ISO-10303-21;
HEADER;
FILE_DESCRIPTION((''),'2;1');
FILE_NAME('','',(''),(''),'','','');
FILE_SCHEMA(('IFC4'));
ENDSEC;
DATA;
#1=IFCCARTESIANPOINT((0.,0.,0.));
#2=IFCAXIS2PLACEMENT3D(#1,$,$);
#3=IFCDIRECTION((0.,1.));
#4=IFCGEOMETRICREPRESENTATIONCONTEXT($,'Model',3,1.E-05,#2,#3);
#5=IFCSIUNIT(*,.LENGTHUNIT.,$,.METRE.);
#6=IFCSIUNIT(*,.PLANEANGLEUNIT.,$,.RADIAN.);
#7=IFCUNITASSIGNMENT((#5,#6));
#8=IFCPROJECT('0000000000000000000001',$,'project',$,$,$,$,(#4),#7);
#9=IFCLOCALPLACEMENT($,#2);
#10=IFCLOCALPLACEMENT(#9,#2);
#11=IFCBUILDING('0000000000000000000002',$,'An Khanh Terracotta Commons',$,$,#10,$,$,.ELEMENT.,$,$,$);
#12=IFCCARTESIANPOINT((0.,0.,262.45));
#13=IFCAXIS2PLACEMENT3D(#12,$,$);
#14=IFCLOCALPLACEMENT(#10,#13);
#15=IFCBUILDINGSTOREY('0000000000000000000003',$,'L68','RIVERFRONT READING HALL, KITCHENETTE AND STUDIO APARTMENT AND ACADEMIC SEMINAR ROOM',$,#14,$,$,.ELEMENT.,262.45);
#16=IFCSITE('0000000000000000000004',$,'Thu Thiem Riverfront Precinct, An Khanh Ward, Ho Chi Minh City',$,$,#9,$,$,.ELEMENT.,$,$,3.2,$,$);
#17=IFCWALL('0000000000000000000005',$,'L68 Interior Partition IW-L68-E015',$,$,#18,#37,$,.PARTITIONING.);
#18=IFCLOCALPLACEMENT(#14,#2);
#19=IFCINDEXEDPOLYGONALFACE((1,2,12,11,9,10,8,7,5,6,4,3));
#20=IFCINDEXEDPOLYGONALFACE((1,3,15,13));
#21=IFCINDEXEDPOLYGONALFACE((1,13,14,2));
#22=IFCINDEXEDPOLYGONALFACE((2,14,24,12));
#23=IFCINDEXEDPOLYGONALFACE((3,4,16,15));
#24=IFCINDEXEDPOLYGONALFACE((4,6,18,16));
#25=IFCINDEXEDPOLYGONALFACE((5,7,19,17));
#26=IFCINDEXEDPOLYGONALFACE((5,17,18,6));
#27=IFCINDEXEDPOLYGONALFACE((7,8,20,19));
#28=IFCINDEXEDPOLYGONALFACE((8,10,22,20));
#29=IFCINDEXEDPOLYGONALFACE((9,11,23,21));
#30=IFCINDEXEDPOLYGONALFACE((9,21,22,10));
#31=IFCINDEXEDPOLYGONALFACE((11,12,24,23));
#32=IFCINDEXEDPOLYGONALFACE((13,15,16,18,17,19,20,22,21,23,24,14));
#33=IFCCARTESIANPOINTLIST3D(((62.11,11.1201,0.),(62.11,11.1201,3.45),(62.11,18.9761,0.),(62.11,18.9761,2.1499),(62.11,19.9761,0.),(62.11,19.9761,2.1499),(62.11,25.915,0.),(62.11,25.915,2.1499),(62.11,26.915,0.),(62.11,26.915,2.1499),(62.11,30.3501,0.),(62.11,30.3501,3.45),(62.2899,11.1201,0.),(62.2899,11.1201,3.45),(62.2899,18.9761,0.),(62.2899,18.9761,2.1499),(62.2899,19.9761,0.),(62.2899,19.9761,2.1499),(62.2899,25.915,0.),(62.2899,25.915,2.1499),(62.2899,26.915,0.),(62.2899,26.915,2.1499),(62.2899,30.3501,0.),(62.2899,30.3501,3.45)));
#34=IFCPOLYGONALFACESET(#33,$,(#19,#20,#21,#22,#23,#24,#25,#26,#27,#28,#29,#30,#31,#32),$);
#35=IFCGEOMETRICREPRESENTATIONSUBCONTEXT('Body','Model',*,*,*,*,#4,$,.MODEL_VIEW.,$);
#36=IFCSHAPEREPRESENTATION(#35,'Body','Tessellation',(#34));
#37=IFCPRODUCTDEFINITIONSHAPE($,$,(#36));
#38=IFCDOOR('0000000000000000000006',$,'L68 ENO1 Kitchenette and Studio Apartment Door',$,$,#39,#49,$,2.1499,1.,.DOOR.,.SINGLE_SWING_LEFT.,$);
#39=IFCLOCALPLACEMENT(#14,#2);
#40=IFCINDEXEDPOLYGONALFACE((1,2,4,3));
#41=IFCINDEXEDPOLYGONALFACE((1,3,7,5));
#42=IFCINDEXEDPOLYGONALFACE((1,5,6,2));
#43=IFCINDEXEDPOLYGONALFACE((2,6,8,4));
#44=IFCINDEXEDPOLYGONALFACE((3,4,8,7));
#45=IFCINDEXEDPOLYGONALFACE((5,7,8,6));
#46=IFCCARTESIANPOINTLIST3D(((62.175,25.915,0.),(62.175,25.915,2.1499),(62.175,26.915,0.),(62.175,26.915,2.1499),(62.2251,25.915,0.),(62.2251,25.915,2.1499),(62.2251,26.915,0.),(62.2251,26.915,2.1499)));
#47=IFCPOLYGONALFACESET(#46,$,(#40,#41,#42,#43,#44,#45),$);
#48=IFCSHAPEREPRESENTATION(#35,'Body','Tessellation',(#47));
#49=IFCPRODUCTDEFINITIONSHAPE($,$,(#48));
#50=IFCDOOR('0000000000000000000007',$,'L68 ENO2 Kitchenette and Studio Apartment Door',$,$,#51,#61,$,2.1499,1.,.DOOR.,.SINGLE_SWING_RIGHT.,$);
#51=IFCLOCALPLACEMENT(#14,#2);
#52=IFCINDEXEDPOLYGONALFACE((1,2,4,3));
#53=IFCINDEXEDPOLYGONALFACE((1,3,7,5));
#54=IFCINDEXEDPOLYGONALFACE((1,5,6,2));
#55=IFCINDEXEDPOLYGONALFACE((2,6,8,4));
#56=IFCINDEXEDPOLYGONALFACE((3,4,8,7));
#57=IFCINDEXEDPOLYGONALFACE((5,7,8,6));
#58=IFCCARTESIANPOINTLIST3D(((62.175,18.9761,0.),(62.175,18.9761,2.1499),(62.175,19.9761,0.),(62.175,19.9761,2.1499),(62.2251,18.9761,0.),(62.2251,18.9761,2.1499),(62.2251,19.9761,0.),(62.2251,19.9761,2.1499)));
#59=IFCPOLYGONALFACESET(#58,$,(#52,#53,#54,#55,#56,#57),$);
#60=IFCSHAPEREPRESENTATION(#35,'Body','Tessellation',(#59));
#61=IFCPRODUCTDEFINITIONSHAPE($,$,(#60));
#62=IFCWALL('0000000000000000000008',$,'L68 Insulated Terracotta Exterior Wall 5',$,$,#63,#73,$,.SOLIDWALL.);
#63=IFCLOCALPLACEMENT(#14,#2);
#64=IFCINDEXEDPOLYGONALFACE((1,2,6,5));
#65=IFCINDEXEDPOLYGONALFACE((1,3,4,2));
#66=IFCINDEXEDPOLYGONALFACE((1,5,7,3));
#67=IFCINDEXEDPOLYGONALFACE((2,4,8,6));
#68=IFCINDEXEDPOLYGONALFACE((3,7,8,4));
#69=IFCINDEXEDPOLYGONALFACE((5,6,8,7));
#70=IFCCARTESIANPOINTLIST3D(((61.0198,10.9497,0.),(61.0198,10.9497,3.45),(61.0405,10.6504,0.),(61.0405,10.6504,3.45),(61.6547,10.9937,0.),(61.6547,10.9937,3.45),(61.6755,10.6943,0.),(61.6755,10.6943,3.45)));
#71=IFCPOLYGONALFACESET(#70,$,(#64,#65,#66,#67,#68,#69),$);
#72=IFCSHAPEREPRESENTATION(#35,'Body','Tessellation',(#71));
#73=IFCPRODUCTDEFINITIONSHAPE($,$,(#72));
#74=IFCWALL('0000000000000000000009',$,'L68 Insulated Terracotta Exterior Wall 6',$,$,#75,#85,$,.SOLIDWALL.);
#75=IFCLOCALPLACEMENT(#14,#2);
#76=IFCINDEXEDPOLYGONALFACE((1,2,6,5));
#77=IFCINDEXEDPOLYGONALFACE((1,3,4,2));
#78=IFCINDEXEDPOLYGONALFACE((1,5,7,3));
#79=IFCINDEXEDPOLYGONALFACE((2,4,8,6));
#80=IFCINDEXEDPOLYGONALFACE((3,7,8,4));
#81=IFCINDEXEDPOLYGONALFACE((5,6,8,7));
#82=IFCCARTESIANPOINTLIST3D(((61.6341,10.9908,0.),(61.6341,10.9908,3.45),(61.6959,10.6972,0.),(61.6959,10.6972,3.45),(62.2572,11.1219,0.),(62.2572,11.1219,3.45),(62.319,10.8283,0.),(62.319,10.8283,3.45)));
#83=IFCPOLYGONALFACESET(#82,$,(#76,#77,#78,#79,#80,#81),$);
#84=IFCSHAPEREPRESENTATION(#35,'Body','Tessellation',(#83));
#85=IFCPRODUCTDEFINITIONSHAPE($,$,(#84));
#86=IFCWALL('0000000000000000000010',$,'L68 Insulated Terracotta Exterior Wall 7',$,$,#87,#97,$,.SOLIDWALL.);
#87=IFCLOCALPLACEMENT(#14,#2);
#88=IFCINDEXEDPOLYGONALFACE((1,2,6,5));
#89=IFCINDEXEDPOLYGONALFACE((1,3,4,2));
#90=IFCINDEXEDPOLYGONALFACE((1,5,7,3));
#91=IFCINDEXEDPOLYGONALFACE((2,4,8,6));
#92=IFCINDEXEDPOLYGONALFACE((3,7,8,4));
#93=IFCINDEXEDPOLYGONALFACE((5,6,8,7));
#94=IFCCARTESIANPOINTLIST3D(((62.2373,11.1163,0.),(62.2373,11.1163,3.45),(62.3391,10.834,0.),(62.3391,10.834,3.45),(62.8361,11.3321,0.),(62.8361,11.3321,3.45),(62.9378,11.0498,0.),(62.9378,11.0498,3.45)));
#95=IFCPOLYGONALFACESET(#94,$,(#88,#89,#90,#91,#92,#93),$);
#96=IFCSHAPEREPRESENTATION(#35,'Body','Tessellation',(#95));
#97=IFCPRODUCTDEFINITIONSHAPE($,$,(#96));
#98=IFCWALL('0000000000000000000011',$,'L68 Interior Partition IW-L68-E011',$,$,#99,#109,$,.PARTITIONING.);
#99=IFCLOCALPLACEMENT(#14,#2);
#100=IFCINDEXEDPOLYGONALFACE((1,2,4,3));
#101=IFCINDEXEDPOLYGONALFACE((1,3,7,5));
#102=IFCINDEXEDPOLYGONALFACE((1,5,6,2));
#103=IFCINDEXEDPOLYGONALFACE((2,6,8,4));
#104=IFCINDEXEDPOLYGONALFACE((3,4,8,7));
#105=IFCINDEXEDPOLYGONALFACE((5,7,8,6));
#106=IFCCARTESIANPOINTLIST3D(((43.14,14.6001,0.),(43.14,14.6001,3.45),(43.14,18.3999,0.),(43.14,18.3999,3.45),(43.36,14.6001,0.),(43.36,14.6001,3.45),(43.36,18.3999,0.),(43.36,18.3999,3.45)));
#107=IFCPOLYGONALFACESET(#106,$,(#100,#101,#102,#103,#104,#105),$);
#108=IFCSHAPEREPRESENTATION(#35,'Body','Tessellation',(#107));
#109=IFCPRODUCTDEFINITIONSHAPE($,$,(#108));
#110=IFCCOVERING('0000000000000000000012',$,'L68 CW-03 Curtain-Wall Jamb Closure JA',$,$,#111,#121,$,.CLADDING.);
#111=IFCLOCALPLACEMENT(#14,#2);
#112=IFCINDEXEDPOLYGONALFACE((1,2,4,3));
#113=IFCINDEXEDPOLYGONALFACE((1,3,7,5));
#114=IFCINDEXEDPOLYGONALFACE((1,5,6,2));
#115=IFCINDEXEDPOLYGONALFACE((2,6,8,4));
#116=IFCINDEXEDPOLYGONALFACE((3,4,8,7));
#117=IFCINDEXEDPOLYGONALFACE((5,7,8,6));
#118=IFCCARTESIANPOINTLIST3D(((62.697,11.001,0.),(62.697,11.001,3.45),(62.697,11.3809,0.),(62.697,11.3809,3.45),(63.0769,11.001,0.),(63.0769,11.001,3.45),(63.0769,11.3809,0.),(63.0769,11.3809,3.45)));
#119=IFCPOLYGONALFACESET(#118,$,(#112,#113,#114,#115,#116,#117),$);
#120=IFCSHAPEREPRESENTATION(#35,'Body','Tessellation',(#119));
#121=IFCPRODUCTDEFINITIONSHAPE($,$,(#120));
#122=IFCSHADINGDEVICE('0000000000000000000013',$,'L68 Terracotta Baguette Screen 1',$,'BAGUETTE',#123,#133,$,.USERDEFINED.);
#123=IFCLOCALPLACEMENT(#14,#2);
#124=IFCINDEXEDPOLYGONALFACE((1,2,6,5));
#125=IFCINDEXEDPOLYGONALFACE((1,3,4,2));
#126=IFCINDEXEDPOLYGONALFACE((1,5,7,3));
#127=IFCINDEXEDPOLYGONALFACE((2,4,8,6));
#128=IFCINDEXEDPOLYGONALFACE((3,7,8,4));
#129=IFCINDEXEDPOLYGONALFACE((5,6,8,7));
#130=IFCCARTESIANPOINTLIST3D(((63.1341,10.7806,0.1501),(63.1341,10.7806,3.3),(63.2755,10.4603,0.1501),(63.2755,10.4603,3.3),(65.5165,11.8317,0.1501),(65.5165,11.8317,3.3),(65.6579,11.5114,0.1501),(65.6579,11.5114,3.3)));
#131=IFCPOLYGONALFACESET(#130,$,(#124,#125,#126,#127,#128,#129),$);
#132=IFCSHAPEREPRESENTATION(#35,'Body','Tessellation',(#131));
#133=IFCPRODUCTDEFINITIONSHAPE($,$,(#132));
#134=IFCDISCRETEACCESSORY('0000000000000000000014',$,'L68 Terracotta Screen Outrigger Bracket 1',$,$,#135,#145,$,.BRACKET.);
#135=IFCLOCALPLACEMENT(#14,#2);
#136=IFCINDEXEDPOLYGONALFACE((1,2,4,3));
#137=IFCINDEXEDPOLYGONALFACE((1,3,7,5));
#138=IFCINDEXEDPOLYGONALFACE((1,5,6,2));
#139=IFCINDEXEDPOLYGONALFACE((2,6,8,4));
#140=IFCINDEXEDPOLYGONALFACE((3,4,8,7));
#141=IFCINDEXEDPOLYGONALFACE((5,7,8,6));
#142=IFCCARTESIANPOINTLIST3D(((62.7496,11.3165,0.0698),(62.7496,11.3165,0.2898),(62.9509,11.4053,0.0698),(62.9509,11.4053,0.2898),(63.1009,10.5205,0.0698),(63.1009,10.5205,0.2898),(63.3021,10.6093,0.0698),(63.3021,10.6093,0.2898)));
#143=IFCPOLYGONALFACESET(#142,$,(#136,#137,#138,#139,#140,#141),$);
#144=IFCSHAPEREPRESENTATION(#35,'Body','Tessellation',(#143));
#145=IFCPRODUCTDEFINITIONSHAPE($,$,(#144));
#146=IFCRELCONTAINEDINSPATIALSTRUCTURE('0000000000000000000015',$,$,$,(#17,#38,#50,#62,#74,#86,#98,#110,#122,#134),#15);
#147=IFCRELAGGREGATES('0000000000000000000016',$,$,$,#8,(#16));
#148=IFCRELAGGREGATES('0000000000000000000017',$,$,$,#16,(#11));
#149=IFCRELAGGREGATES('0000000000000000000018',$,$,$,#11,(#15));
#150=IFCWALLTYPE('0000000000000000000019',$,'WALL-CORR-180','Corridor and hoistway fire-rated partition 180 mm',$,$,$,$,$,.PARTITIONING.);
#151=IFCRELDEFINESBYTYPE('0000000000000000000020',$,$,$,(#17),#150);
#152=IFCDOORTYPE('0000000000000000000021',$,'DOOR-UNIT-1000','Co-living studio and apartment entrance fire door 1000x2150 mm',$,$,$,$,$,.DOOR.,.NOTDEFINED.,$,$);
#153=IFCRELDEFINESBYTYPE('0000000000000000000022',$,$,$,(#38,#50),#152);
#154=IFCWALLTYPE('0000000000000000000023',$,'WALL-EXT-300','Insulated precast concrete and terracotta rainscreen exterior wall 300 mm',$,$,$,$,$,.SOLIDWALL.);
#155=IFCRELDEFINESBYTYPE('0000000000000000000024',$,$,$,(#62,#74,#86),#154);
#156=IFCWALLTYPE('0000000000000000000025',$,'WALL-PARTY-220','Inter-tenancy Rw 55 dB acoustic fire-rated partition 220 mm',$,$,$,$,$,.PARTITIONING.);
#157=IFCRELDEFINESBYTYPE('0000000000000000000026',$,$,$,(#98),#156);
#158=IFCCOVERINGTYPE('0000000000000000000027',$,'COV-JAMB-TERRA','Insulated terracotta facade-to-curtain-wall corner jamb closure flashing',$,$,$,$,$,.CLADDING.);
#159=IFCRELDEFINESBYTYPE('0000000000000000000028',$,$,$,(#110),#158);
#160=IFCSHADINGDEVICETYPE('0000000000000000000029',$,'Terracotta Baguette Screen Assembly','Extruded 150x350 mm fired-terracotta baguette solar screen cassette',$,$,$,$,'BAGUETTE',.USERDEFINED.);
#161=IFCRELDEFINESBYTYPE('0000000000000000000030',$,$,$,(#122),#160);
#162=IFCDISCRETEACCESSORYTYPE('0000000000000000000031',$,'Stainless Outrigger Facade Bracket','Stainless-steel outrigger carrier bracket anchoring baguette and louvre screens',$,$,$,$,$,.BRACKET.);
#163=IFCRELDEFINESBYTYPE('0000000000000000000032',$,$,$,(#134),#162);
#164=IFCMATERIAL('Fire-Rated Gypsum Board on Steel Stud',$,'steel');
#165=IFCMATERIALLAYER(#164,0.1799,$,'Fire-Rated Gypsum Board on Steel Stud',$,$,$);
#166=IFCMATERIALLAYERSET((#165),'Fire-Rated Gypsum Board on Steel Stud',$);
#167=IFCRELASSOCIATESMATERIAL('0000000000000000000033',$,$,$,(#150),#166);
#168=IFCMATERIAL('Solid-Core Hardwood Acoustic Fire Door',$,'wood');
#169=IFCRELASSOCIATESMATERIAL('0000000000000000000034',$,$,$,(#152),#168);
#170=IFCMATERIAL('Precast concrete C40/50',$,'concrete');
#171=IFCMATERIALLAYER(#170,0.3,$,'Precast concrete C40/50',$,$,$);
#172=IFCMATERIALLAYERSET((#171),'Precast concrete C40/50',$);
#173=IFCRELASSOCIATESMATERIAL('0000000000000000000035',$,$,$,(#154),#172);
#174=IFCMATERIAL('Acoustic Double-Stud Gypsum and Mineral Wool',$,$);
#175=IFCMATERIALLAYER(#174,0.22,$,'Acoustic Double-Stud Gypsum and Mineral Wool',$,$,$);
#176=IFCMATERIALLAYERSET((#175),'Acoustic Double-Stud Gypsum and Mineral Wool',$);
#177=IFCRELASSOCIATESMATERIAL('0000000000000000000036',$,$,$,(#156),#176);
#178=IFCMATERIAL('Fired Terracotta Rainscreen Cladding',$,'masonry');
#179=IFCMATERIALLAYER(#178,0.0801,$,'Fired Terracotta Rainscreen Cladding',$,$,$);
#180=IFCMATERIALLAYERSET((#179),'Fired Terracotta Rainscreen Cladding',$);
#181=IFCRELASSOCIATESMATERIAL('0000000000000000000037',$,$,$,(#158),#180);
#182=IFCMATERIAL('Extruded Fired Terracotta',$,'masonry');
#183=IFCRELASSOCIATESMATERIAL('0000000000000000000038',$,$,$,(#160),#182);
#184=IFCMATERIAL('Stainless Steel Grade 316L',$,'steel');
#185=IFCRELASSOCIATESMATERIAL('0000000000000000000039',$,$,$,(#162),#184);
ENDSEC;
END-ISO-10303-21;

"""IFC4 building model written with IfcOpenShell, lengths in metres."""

from ifc_helpers import new_model, si_unit, direction, frame, frame_2d, origin, origin_2d, place, context, subcontext, project, spatial, rectangle, extrude, material, layer, layer_set, type_object, element, fill, save


model = new_model("IFC4")

# Units and contexts
model_context = context("Model", 3, precision=1e-05, world=origin(), true_north=direction((0.0, 1.0)))
body_context = subcontext(model_context, "Body", "Model", "MODEL_VIEW")
ifc_project = project(units=[si_unit("LENGTHUNIT", "METRE"), si_unit("PLANEANGLEUNIT", "RADIAN")], contexts=[model_context])

# Site, building, storey
site_placement = place(None, origin())
site = spatial("IfcSite", under=ifc_project, at=site_placement, Name="Thu Thiem Riverfront Precinct, An Khanh Ward, Ho Chi Minh City", CompositionType="ELEMENT", RefElevation=3.2)
building_placement = place(site_placement, origin())
building = spatial("IfcBuilding", under=site, at=building_placement, Name="An Khanh Terracotta Commons", CompositionType="ELEMENT")
storey_placement = place(building_placement, frame((0.0, 0.0, 262.45)))
storey = spatial("IfcBuildingStorey", under=building, at=storey_placement, Name="L68", Description="RIVERFRONT READING HALL, KITCHENETTE AND STUDIO APARTMENT AND ACADEMIC SEMINAR ROOM", CompositionType="ELEMENT", Elevation=262.45)

# Shared definitions
ifc_material_1 = material(Name="Fire-Rated Gypsum Board on Steel Stud", Category="steel")
ifc_layer_1 = layer(ifc_material_1, 0.1799, Name="Fire-Rated Gypsum Board on Steel Stud")
ifc_layer_set_1 = layer_set([ifc_layer_1], Name="Fire-Rated Gypsum Board on Steel Stud")
wall_type_1 = type_object("IfcWallType", Name="WALL-CORR-180", Description="Corridor and hoistway fire-rated partition 180 mm", PredefinedType="PARTITIONING", material=ifc_layer_set_1)

# Wall, openings, doors
wall_1_placement = place(storey_placement, frame((62.2, 11.1201, 0.0), z_axis=(0.0, 0.0, 1.0), x_axis=(0.0, 1.0, 0.0)))
wall_1 = element("IfcWall", 1, at=wall_1_placement, inside=storey, type_object=wall_type_1, Name="L68 Interior Partition IW-L68-E015", PredefinedType="PARTITIONING", context=body_context, shape_type="SweptSolid", body=[
    extrude(rectangle(XDim=19.23, YDim=0.1799, at=frame_2d((9.615, 0.0))), origin(), (0.0, 0.0, 1.0), 3.45),
])
opening_1_placement = place(wall_1_placement, frame((14.7949, 0.0, 0.0)))
opening_1 = element("IfcOpeningElement", 2, at=opening_1_placement, cuts=wall_1, PredefinedType="OPENING", context=body_context, shape_type="SweptSolid", body=[
    extrude(rectangle(XDim=1.0, YDim=2.1499, at=frame_2d((0.5, 1.075))), frame((0.0, 0.0999, 0.0), z_axis=(0.0, -1.0, 0.0), x_axis=(1.0, 0.0, 0.0)), (0.0, 0.0, 1.0), 0.2),
])
opening_2_placement = place(wall_1_placement, frame((7.856, 0.0, 0.0)))
opening_2 = element("IfcOpeningElement", 3, at=opening_2_placement, cuts=wall_1, PredefinedType="OPENING", context=body_context, shape_type="SweptSolid", body=[
    extrude(rectangle(XDim=1.0, YDim=2.1499, at=frame_2d((0.5, 1.075))), frame((0.0, 0.0999, 0.0), z_axis=(0.0, -1.0, 0.0), x_axis=(1.0, 0.0, 0.0)), (0.0, 0.0, 1.0), 0.2),
])
ifc_material_2 = material(Name="Solid-Core Hardwood Acoustic Fire Door", Category="wood")
door_type = type_object("IfcDoorType", Name="DOOR-UNIT-1000", Description="Co-living studio and apartment entrance fire door 1000x2150 mm", OperationType="NOTDEFINED", PredefinedType="DOOR", material=ifc_material_2)
door_1_placement = place(opening_1_placement, origin())
door_1 = element("IfcDoor", 4, at=door_1_placement, inside=storey, type_object=door_type, Name="L68 ENO1 Kitchenette and Studio Apartment Door", OperationType="SINGLE_SWING_LEFT", OverallHeight=2.1499, OverallWidth=1.0, PredefinedType="DOOR", context=body_context, shape_type="SweptSolid", body=[
    extrude(rectangle(XDim=1.0, YDim=2.1499, at=frame_2d((0.5, 1.075))), frame((0.0, 0.0249, 0.0), z_axis=(0.0, -1.0, 0.0), x_axis=(1.0, 0.0, 0.0)), (0.0, 0.0, 1.0), 0.05),
])
fill(opening_1, door_1)
door_2_placement = place(opening_2_placement, origin())
door_2 = element("IfcDoor", 5, at=door_2_placement, inside=storey, type_object=door_type, Name="L68 ENO2 Kitchenette and Studio Apartment Door", OperationType="SINGLE_SWING_RIGHT", OverallHeight=2.1499, OverallWidth=1.0, PredefinedType="DOOR", context=body_context, shape_type="SweptSolid", body=[
    extrude(rectangle(XDim=1.0, YDim=2.1499, at=frame_2d((0.5, 1.075))), frame((0.0, 0.0249, 0.0), z_axis=(0.0, -1.0, 0.0), x_axis=(1.0, 0.0, 0.0)), (0.0, 0.0, 1.0), 0.05),
])
fill(opening_2, door_2)

# Walls
ifc_material_3 = material(Name="Precast concrete C40/50", Category="concrete")
ifc_layer_2 = layer(ifc_material_3, 0.3, Name="Precast concrete C40/50")
ifc_layer_set_2 = layer_set([ifc_layer_2], Name="Precast concrete C40/50")
wall_type_2 = type_object("IfcWallType", Name="WALL-EXT-300", Description="Insulated precast concrete and terracotta rainscreen exterior wall 300 mm", PredefinedType="SOLIDWALL", material=ifc_layer_set_2)
wall_2_placement = place(storey_placement, frame((61.03, 10.8, 0.0), z_axis=(0.0, 0.0, 1.0), x_axis=(0.997614, 0.069039, 0.0)))
element("IfcWall", 6, at=wall_2_placement, inside=storey, type_object=wall_type_2, Name="L68 Insulated Terracotta Exterior Wall 5", PredefinedType="SOLIDWALL", context=body_context, shape_type="SweptSolid", body=[
    extrude(rectangle(XDim=0.6365, YDim=0.3, at=frame_2d((0.3184, 0.0))), origin(), (0.0, 0.0, 1.0), 3.45),
])
wall_3_placement = place(storey_placement, frame((61.665, 10.844, 0.0), z_axis=(0.0, 0.0, 1.0), x_axis=(0.97857, 0.205914, 0.0)))
element("IfcWall", 7, at=wall_3_placement, inside=storey, type_object=wall_type_2, Name="L68 Insulated Terracotta Exterior Wall 6", PredefinedType="SOLIDWALL", context=body_context, shape_type="SweptSolid", body=[
    extrude(rectangle(XDim=0.6367, YDim=0.3, at=frame_2d((0.3184, 0.0))), origin(), (0.0, 0.0, 1.0), 3.45),
])
wall_4_placement = place(storey_placement, frame((62.2881, 10.9751, 0.0), z_axis=(0.0, 0.0, 1.0), x_axis=(0.940775, 0.339032, 0.0)))
element("IfcWall", 8, at=wall_4_placement, inside=storey, type_object=wall_type_2, Name="L68 Insulated Terracotta Exterior Wall 7", PredefinedType="SOLIDWALL", context=body_context, shape_type="SweptSolid", body=[
    extrude(rectangle(XDim=0.6365, YDim=0.3, at=frame_2d((0.3184, 0.0))), origin(), (0.0, 0.0, 1.0), 3.45),
])
ifc_material_4 = material(Name="Acoustic Double-Stud Gypsum and Mineral Wool")
ifc_layer_3 = layer(ifc_material_4, 0.22, Name="Acoustic Double-Stud Gypsum and Mineral Wool")
ifc_layer_set_3 = layer_set([ifc_layer_3], Name="Acoustic Double-Stud Gypsum and Mineral Wool")
wall_type_3 = type_object("IfcWallType", Name="WALL-PARTY-220", Description="Inter-tenancy Rw 55 dB acoustic fire-rated partition 220 mm", PredefinedType="PARTITIONING", material=ifc_layer_set_3)
wall_5_placement = place(storey_placement, frame((43.25, 14.6001, 0.0), z_axis=(0.0, 0.0, 1.0), x_axis=(0.0, 1.0, 0.0)))
element("IfcWall", 9, at=wall_5_placement, inside=storey, type_object=wall_type_3, Name="L68 Interior Partition IW-L68-E011", PredefinedType="PARTITIONING", context=body_context, shape_type="SweptSolid", body=[
    extrude(rectangle(XDim=3.7998, YDim=0.22, at=frame_2d((1.8999, 0.0))), origin(), (0.0, 0.0, 1.0), 3.45),
])

# Covering
ifc_material_5 = material(Name="Fired Terracotta Rainscreen Cladding", Category="masonry")
ifc_layer_4 = layer(ifc_material_5, 0.0801, Name="Fired Terracotta Rainscreen Cladding")
ifc_layer_set_4 = layer_set([ifc_layer_4], Name="Fired Terracotta Rainscreen Cladding")
covering_type = type_object("IfcCoveringType", Name="COV-JAMB-TERRA", Description="Insulated terracotta facade-to-curtain-wall corner jamb closure flashing", PredefinedType="CLADDING", material=ifc_layer_set_4)
covering_placement = place(storey_placement, frame((62.887, 11.1909, 0.0), z_axis=(0.0, 0.0, 1.0), x_axis=(1.0, 0.0, 0.0)))
element("IfcCovering", 10, at=covering_placement, inside=storey, type_object=covering_type, Name="L68 CW-03 Curtain-Wall Jamb Closure JA", PredefinedType="CLADDING", context=body_context, shape_type="SweptSolid", body=[
    extrude(rectangle(XDim=0.3799, YDim=0.3799, at=origin_2d()), origin(), (0.0, 0.0, 1.0), 3.45),
])

# Shading device
ifc_material_6 = material(Name="Extruded Fired Terracotta", Category="masonry")
shading_device_type = type_object("IfcShadingDeviceType", Name="Terracotta Baguette Screen Assembly", Description="Extruded 150x350 mm fired-terracotta baguette solar screen cassette", ElementType="BAGUETTE", PredefinedType="USERDEFINED", material=ifc_material_6)
shading_device_placement = place(storey_placement, frame((64.396, 11.146, 0.1501), z_axis=(0.0, 0.0, 1.0), x_axis=(0.914902, 0.403676, 0.0)))
element("IfcShadingDevice", 11, at=shading_device_placement, inside=storey, type_object=shading_device_type, Name="L68 Terracotta Baguette Screen 1", ObjectType="BAGUETTE", PredefinedType="USERDEFINED", context=body_context, shape_type="SweptSolid", body=[
    extrude(rectangle(XDim=2.604, YDim=0.3501, at=origin_2d()), origin(), (0.0, 0.0, 1.0), 3.1499),
])

# Discrete accessory
ifc_material_7 = material(Name="Stainless Steel Grade 316L", Category="steel")
discrete_accessory_type = type_object("IfcDiscreteAccessoryType", Name="Stainless Outrigger Facade Bracket", Description="Stainless-steel outrigger carrier bracket anchoring baguette and louvre screens", PredefinedType="BRACKET", material=ifc_material_7)
discrete_accessory_placement = place(storey_placement, frame((63.0259, 10.9629, 0.0698), z_axis=(0.0, 0.0, 1.0), x_axis=(0.914902, 0.403676, 0.0)))
element("IfcDiscreteAccessory", 12, at=discrete_accessory_placement, inside=storey, type_object=discrete_accessory_type, Name="L68 Terracotta Screen Outrigger Bracket 1", PredefinedType="BRACKET", context=body_context, shape_type="SweptSolid", body=[
    extrude(rectangle(XDim=0.22, YDim=0.8701, at=origin_2d()), origin(), (0.0, 0.0, 1.0), 0.22),
])

save(model, "model.ifc")
